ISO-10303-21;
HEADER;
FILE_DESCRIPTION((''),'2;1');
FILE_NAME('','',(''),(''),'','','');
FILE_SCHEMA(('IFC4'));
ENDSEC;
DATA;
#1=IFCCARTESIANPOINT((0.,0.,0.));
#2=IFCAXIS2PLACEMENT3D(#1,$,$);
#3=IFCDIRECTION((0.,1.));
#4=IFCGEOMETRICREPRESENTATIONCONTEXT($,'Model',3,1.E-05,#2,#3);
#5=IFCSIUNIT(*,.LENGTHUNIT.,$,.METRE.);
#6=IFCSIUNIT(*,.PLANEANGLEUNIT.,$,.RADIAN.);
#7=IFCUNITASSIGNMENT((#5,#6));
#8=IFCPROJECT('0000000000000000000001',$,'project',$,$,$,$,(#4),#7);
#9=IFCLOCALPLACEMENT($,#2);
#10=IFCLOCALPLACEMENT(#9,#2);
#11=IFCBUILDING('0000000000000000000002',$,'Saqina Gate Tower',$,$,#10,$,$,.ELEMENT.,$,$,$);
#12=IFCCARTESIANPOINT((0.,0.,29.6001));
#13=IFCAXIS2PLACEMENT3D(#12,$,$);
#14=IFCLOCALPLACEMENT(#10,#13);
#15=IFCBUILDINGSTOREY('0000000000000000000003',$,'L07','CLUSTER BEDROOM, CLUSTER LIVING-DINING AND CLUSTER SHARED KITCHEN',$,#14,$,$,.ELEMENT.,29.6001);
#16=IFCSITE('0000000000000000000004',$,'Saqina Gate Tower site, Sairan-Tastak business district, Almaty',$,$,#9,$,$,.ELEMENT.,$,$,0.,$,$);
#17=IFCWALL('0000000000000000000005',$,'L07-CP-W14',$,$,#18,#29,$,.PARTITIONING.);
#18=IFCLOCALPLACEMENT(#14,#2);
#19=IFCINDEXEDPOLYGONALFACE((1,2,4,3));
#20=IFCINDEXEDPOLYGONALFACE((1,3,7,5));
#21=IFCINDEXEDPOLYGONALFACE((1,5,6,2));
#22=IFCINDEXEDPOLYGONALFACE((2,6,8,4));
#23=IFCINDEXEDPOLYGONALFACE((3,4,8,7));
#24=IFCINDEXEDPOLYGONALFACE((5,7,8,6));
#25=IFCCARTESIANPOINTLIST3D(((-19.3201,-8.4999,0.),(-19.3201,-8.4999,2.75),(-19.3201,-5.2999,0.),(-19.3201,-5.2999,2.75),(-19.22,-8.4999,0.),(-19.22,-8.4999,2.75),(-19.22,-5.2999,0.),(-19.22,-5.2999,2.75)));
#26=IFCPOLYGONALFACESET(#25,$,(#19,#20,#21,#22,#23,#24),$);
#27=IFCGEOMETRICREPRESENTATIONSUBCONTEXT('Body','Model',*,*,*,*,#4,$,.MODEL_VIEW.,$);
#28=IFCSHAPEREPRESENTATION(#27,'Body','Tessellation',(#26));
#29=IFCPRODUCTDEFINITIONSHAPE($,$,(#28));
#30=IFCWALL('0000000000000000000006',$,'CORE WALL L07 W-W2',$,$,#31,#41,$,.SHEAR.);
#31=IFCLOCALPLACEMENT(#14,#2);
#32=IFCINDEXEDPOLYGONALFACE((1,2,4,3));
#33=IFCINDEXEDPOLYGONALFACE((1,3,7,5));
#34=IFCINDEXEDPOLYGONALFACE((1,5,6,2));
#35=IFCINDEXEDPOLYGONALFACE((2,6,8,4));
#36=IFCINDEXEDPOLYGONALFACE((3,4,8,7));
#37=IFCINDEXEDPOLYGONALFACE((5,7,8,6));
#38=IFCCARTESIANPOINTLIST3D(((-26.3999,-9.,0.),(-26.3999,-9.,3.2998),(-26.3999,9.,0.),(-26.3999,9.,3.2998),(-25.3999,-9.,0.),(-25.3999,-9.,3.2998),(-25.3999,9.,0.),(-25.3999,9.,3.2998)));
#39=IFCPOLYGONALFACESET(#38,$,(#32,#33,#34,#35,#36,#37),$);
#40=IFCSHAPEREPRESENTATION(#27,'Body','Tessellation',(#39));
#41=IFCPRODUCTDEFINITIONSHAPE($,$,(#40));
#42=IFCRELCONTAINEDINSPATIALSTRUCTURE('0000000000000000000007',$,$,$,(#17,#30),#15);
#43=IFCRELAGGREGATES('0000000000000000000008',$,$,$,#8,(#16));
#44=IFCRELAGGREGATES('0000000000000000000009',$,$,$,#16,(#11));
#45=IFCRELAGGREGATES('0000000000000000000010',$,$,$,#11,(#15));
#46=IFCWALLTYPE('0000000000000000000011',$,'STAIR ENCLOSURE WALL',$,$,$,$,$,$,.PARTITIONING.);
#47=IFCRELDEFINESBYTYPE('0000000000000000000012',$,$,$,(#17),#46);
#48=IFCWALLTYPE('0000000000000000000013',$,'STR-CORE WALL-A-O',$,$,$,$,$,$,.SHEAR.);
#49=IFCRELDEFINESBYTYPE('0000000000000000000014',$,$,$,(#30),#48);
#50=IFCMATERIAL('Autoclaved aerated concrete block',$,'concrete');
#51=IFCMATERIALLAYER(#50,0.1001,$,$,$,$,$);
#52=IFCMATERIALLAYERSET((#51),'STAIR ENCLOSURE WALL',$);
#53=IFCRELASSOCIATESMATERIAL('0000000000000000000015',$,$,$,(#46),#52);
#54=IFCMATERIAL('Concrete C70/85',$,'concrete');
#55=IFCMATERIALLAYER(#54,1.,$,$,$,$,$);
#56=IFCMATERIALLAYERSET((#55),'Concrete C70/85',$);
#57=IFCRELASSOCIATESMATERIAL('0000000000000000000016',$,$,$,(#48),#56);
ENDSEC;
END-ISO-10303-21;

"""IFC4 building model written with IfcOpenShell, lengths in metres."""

from ifc_helpers import new_model, si_unit, direction, frame, frame_2d, origin, place, context, subcontext, project, spatial, rectangle, extrude, material, layer, layer_set, type_object, element, save


model = new_model("IFC4")

# Units and contexts
model_context = context("Model", 3, precision=1e-05, world=origin(), true_north=direction((0.0, 1.0)))
body_context = subcontext(model_context, "Body", "Model", "MODEL_VIEW")
ifc_project = project(units=[si_unit("LENGTHUNIT", "METRE"), si_unit("PLANEANGLEUNIT", "RADIAN")], contexts=[model_context])

# Site, building, storey
site_placement = place(None, origin())
site = spatial("IfcSite", under=ifc_project, at=site_placement, Name="Saqina Gate Tower site, Sairan-Tastak business district, Almaty", CompositionType="ELEMENT", RefElevation=0.0)
building_placement = place(site_placement, origin())
building = spatial("IfcBuilding", under=site, at=building_placement, Name="Saqina Gate Tower", CompositionType="ELEMENT")
storey_placement = place(building_placement, frame((0.0, 0.0, 29.6001)))
storey = spatial("IfcBuildingStorey", under=building, at=storey_placement, Name="L07", Description="CLUSTER BEDROOM, CLUSTER LIVING-DINING AND CLUSTER SHARED KITCHEN", CompositionType="ELEMENT", Elevation=29.6001)

# Walls
ifc_material_1 = material(Name="Autoclaved aerated concrete block", Category="concrete")
ifc_layer_1 = layer(ifc_material_1, 0.1001)
ifc_layer_set_1 = layer_set([ifc_layer_1], Name="STAIR ENCLOSURE WALL")
wall_type_1 = type_object("IfcWallType", Name="STAIR ENCLOSURE WALL", PredefinedType="PARTITIONING", material=ifc_layer_set_1)
wall_1_placement = place(storey_placement, frame((-19.27, -8.5, 0.0), z_axis=(0.0, 0.0, 1.0), x_axis=(0.0, 1.0, 0.0)))
element("IfcWall", 1, at=wall_1_placement, inside=storey, type_object=wall_type_1, Name="L07-CP-W14", PredefinedType="PARTITIONING", context=body_context, shape_type="SweptSolid", body=[
    extrude(rectangle(XDim=3.2, YDim=0.1001, at=frame_2d((1.6001, 0.0))), origin(), (0.0, 0.0, 1.0), 2.75),
])
ifc_material_2 = material(Name="Concrete C70/85", Category="concrete")
ifc_layer_2 = layer(ifc_material_2, 1.0)
ifc_layer_set_2 = layer_set([ifc_layer_2], Name="Concrete C70/85")
wall_type_2 = type_object("IfcWallType", Name="STR-CORE WALL-A-O", PredefinedType="SHEAR", material=ifc_layer_set_2)
wall_2_placement = place(storey_placement, frame((-25.8999, -9.0, 0.0), z_axis=(0.0, 0.0, 1.0), x_axis=(0.0, 1.0, 0.0)))
element("IfcWall", 2, at=wall_2_placement, inside=storey, type_object=wall_type_2, Name="CORE WALL L07 W-W2", PredefinedType="SHEAR", context=body_context, shape_type="SweptSolid", body=[
    extrude(rectangle(XDim=18.0, YDim=1.0, at=frame_2d((9.0, 0.0))), origin(), (0.0, 0.0, 1.0), 3.2998),
])

save(model, "model.ifc")
